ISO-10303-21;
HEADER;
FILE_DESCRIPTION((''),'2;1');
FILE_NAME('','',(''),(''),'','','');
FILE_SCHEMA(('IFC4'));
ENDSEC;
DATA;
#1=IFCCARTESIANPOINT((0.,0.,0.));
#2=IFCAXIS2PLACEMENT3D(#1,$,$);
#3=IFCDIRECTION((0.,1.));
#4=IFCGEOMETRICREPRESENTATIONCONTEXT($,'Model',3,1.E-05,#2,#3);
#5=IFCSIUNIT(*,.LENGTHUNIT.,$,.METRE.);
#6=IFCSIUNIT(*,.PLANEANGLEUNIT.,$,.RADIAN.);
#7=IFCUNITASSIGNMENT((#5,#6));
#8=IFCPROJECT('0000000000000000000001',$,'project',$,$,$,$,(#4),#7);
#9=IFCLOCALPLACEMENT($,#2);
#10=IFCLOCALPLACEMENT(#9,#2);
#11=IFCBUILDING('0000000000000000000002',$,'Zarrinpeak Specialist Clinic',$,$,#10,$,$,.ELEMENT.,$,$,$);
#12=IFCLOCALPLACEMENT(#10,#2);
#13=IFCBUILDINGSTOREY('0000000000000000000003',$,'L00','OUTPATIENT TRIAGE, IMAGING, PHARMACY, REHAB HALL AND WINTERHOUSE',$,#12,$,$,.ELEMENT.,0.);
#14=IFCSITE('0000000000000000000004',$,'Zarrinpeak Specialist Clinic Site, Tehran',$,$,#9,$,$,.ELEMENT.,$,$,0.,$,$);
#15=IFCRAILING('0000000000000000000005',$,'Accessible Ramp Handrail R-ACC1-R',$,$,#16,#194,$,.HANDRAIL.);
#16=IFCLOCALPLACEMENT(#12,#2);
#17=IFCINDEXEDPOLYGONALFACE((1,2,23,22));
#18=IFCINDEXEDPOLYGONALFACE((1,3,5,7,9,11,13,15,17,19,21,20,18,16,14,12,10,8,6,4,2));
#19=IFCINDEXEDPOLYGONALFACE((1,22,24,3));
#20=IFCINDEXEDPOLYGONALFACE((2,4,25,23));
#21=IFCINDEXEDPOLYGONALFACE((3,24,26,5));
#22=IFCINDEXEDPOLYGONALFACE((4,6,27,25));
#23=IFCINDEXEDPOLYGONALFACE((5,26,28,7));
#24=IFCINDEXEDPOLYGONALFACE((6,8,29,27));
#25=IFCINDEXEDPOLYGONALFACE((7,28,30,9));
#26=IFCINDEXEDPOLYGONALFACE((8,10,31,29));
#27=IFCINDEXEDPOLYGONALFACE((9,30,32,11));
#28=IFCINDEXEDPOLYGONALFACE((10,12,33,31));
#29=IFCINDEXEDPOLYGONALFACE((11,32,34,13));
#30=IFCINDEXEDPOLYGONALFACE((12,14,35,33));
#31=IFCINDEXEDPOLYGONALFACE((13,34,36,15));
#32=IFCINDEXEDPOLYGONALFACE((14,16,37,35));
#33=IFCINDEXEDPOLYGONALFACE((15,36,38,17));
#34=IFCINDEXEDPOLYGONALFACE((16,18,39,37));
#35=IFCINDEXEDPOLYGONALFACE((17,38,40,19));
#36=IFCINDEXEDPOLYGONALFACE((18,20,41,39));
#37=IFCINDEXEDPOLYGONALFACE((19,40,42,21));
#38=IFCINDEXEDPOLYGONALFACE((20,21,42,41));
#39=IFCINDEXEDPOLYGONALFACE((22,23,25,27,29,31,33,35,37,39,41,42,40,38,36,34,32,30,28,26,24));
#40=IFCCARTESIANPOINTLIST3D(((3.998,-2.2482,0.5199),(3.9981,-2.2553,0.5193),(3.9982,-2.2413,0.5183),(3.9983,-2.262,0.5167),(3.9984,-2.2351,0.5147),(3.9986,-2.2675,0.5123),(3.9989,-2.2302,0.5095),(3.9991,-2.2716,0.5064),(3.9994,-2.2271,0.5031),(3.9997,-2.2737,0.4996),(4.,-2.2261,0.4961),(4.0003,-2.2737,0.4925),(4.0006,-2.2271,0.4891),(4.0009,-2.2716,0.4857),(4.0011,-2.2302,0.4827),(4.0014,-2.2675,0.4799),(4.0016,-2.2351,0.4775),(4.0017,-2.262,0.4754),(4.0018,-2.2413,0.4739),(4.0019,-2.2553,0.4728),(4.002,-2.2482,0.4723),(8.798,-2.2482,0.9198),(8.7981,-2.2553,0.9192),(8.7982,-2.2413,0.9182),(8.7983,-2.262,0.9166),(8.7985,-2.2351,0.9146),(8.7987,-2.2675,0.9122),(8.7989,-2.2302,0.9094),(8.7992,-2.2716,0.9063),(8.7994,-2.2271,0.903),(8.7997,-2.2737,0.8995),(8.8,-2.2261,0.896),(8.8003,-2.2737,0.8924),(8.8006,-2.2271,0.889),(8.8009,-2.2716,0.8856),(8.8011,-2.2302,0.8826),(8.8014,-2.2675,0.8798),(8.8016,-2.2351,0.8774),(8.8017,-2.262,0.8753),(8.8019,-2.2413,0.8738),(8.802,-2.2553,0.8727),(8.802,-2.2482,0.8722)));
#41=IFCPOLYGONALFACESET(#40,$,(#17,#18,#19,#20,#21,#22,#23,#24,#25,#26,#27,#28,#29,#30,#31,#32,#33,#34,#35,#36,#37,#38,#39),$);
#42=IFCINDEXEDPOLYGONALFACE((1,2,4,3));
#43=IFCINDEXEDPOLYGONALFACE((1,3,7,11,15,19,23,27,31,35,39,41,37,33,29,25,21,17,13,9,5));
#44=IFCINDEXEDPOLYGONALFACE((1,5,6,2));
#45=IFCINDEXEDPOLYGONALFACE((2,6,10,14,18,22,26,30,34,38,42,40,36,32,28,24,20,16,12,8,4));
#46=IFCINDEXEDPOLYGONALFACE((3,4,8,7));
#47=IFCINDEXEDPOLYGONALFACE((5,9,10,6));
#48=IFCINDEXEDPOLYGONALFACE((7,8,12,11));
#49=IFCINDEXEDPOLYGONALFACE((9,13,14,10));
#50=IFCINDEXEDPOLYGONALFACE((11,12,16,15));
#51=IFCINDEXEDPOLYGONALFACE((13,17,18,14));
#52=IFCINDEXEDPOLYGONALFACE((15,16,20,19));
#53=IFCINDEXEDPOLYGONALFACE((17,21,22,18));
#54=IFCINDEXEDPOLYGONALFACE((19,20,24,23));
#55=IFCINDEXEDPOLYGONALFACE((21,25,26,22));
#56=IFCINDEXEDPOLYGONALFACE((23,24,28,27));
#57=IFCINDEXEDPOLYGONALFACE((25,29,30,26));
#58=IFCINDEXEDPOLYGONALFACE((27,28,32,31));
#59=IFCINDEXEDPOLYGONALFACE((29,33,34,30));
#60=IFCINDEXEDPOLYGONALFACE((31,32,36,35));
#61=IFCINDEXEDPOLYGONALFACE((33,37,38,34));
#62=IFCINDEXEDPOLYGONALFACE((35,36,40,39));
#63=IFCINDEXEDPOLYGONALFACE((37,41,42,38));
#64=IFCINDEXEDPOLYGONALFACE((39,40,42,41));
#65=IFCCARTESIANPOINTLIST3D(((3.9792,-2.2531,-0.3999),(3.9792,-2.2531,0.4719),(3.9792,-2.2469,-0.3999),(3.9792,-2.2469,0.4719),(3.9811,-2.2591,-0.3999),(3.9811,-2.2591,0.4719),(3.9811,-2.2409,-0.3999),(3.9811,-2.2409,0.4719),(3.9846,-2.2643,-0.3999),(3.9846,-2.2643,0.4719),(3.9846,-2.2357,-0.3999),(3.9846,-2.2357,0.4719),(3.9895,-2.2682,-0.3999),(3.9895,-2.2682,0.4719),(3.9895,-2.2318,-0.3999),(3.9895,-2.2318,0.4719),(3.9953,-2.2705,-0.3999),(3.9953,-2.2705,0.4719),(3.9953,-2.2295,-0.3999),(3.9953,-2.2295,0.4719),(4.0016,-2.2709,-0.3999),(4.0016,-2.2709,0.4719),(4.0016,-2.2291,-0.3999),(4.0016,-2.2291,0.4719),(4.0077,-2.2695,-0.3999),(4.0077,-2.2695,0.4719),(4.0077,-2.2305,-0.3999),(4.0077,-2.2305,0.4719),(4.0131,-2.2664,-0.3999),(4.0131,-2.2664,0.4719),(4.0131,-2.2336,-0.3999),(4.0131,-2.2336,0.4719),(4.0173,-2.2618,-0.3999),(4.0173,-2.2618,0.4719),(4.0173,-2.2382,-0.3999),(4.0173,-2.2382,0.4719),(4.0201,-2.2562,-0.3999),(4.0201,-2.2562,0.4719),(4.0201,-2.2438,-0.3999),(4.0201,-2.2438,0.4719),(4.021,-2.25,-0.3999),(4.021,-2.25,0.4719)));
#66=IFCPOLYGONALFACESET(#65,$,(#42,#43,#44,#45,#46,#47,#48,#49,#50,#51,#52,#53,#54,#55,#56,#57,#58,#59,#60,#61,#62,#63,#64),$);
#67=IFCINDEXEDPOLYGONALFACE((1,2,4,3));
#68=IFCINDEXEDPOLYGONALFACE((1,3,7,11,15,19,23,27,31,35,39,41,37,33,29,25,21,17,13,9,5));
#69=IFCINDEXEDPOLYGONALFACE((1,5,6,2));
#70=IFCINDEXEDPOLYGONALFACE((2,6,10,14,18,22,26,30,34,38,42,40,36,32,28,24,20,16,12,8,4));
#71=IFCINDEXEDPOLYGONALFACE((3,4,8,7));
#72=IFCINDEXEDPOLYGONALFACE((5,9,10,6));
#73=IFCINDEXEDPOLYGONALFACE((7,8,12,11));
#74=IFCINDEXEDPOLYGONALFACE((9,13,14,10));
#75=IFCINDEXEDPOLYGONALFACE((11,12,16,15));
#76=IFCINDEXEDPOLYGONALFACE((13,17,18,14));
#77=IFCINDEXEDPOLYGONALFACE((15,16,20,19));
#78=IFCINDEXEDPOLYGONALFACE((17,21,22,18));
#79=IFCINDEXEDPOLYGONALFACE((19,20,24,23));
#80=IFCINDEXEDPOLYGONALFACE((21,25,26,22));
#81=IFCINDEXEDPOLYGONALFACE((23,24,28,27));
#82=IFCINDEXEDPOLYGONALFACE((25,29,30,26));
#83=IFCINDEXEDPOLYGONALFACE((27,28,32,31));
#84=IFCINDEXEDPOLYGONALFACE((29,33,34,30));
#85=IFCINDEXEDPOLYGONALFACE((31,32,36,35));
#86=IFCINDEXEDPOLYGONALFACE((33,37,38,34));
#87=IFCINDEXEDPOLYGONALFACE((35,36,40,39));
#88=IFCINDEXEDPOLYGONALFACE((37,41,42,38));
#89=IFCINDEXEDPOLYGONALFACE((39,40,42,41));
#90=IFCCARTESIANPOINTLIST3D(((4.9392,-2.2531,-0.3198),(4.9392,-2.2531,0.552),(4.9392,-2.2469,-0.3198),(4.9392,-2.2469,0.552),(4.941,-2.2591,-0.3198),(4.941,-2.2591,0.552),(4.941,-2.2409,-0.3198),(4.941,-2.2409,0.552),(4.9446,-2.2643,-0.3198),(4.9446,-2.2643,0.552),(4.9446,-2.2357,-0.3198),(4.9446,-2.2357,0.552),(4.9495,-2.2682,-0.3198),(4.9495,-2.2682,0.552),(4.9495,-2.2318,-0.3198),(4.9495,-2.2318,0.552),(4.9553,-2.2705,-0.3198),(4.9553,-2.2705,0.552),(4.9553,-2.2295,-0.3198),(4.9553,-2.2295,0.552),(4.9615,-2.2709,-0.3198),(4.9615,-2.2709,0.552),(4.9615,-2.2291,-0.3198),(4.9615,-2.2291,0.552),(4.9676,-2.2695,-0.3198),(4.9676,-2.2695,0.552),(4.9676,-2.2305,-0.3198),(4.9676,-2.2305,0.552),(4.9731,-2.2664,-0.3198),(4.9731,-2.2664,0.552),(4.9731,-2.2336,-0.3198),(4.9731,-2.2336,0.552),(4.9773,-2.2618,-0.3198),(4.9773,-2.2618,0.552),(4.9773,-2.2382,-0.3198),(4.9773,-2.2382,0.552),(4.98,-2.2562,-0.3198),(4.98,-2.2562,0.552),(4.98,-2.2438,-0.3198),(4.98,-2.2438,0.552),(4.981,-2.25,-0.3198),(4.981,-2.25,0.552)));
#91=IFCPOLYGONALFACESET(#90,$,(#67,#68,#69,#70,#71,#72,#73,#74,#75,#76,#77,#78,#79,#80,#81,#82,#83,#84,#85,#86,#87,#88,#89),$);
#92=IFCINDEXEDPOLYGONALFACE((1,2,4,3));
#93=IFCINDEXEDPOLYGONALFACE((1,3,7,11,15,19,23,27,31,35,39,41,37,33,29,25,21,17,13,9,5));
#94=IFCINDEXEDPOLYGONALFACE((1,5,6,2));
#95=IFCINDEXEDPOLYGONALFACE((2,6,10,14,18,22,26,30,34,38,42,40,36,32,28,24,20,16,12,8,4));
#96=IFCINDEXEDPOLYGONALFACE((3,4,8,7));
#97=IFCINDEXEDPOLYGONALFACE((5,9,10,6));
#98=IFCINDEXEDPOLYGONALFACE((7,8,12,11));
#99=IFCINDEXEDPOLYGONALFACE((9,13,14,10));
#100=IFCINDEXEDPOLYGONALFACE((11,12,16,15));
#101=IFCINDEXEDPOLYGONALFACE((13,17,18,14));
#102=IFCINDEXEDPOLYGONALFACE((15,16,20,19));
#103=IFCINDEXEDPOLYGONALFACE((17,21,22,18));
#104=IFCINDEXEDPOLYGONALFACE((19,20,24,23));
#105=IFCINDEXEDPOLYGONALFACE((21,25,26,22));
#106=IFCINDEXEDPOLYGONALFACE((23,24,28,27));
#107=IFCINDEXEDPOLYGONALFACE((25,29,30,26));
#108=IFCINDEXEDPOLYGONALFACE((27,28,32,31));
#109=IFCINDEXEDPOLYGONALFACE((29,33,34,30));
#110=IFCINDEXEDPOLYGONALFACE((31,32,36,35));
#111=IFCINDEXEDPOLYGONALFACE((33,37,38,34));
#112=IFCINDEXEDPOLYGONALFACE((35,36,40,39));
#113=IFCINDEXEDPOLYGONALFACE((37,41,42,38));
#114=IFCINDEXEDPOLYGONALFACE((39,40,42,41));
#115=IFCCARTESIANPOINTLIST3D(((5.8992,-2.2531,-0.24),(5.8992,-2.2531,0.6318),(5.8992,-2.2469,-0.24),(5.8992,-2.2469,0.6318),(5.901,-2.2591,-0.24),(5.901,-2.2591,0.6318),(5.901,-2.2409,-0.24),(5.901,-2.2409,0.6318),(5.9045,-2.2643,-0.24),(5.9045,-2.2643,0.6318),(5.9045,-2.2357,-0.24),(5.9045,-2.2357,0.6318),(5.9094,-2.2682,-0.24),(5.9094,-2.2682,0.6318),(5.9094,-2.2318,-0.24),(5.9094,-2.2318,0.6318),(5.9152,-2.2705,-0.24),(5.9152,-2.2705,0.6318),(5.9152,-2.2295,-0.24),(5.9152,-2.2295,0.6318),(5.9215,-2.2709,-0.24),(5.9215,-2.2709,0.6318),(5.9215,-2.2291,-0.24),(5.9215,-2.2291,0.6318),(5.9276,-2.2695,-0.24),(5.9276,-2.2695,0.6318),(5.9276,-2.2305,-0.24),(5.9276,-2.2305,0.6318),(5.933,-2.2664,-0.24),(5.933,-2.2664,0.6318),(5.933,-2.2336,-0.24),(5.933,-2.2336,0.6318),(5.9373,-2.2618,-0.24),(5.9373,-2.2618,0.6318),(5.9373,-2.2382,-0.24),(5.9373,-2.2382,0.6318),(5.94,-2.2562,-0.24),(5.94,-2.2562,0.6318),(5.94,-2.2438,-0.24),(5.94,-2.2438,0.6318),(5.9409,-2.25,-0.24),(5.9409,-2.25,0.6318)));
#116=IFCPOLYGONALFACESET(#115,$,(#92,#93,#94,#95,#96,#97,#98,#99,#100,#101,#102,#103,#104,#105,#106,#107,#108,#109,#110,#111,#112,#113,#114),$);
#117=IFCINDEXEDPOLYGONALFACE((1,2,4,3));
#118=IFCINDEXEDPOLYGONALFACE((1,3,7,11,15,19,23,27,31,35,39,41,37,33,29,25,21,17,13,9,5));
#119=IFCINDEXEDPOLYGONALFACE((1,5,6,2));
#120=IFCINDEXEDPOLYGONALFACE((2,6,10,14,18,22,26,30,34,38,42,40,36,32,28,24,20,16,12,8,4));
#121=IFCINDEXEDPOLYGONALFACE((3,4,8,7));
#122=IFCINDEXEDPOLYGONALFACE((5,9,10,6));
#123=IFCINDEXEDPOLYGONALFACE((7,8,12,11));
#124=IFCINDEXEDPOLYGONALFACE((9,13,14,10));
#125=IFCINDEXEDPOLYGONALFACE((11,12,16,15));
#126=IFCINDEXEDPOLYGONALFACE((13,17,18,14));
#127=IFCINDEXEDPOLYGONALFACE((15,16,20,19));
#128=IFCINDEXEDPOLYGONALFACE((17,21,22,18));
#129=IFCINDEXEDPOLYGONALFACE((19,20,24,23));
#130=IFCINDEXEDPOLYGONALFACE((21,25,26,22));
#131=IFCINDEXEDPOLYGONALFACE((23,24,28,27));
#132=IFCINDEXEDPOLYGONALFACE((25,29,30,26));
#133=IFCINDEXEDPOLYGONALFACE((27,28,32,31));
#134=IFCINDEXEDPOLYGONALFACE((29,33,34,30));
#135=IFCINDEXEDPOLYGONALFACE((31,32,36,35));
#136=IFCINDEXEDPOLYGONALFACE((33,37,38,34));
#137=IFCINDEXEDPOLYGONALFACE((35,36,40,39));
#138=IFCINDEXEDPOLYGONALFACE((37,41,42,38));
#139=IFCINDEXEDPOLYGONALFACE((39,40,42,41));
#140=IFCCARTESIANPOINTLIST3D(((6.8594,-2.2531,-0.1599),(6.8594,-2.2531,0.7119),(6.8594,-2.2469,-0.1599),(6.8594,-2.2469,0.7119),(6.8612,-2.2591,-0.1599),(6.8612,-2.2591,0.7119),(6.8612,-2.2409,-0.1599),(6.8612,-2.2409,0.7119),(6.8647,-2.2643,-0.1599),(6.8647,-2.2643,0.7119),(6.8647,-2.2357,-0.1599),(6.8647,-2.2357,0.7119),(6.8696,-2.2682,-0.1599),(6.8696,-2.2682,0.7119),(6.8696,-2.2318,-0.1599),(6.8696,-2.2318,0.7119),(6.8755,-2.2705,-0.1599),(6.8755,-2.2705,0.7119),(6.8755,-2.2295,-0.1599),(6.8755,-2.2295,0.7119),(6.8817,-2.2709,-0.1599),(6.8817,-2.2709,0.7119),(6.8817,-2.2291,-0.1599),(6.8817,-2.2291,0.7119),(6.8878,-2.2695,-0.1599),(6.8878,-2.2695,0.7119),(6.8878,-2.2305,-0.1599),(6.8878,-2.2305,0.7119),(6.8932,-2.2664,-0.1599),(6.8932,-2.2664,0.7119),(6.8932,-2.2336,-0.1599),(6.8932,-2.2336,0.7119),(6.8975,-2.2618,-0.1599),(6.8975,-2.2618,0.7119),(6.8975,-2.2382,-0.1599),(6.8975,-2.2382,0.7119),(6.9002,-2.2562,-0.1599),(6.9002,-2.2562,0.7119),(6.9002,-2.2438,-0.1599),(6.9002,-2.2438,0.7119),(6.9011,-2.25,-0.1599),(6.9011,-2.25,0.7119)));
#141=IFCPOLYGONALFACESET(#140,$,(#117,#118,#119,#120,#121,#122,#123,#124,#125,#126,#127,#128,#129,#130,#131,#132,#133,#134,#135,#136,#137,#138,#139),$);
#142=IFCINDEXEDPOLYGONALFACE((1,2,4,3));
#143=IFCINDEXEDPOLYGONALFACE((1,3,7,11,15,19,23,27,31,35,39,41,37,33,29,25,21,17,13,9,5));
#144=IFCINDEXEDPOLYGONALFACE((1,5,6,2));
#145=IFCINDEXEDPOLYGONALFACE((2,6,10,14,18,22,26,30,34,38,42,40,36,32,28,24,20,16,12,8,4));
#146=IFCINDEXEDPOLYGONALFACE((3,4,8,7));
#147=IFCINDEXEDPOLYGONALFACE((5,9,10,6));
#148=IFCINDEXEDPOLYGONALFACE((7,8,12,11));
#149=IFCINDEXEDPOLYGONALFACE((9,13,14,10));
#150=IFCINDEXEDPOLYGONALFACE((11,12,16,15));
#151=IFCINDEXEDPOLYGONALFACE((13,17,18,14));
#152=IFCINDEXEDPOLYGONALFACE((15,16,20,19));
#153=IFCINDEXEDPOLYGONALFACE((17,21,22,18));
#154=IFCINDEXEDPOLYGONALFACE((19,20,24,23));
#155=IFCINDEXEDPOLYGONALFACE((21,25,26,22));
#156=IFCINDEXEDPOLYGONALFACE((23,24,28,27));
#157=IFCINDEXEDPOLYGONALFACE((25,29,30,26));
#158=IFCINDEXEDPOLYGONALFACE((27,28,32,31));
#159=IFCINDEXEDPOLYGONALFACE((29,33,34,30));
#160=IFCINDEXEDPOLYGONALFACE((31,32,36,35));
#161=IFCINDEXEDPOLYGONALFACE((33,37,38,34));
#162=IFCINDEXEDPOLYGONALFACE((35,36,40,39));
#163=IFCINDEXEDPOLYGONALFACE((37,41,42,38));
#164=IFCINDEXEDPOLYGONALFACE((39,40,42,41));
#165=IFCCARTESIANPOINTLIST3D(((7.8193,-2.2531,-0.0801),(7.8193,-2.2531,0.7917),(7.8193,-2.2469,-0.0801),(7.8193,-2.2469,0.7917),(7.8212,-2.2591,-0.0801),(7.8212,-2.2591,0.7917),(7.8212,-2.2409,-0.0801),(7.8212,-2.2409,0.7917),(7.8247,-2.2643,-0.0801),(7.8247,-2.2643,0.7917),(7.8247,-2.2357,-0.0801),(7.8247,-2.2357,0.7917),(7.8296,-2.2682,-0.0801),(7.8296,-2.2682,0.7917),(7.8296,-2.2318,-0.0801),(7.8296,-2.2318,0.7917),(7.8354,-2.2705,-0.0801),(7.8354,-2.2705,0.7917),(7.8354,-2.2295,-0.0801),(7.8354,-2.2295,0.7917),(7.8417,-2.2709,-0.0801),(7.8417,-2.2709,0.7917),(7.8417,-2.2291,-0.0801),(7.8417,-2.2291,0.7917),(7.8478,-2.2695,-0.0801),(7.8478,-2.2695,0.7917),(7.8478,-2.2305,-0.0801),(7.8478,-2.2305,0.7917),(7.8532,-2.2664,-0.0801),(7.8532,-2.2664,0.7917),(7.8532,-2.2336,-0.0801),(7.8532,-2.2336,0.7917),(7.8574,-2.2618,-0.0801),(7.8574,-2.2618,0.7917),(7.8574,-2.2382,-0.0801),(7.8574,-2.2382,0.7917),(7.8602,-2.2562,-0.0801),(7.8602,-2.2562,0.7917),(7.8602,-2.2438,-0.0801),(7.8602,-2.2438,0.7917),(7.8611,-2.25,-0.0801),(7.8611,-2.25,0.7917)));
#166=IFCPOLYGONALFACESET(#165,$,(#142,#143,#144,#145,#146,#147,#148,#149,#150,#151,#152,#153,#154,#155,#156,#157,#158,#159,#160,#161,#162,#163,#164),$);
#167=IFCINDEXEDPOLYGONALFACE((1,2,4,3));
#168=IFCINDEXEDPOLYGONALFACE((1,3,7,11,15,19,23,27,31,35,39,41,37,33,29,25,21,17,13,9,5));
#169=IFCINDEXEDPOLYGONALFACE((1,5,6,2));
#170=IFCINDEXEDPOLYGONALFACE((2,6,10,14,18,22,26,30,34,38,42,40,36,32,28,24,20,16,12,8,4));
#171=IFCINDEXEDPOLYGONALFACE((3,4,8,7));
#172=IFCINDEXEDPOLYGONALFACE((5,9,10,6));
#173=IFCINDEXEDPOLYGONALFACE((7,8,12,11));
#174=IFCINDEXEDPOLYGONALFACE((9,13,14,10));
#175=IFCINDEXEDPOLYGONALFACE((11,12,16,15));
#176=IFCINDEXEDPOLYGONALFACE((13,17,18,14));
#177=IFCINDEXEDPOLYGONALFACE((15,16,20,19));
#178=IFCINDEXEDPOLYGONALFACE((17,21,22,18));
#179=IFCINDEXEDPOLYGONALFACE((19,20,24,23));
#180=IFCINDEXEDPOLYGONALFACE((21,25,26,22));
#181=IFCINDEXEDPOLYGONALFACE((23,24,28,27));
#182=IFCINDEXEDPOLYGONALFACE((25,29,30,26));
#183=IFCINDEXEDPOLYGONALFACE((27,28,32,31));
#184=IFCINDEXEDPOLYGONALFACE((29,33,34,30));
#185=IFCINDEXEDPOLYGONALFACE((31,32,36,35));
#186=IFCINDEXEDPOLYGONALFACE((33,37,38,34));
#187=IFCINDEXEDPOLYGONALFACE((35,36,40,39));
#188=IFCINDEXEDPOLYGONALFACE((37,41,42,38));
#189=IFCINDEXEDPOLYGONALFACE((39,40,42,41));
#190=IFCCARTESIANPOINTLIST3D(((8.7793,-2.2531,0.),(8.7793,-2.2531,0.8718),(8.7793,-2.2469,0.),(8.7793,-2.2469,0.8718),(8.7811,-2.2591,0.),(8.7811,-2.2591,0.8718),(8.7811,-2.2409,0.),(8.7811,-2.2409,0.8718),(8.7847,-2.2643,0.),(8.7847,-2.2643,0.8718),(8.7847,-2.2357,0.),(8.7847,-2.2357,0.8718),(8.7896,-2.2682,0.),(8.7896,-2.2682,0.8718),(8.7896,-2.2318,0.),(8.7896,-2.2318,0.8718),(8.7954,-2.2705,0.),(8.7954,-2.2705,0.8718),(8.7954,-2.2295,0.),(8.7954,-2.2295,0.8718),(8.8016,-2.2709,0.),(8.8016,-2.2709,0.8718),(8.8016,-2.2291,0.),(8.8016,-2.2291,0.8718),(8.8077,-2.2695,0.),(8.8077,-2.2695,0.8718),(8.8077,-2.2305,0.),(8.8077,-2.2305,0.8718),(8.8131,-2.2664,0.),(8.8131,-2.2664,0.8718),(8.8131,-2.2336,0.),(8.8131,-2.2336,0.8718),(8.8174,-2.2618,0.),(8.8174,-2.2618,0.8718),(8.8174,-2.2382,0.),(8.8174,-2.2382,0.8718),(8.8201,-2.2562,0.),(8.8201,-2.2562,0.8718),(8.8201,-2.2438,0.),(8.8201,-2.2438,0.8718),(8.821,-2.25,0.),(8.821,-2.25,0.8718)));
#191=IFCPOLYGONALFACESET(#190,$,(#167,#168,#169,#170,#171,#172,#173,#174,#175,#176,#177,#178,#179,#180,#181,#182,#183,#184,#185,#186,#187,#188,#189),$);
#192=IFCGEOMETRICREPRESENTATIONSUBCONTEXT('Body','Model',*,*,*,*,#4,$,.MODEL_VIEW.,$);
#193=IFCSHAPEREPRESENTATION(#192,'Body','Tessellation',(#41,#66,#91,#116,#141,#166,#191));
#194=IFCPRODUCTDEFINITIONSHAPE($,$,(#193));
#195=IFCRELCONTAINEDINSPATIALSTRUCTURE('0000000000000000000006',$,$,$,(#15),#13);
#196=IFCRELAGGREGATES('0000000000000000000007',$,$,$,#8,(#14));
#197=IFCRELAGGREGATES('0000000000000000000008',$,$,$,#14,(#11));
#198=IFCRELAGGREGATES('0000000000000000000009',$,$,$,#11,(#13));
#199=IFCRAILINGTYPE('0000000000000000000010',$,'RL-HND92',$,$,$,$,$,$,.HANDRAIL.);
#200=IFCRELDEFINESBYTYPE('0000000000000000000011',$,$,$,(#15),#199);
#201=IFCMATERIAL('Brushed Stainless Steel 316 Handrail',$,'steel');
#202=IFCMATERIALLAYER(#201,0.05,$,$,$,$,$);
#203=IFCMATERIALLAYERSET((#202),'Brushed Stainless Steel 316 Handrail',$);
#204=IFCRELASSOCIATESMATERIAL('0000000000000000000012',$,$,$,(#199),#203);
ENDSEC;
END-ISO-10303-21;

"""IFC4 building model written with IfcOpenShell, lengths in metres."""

from ifc_helpers import new_model, si_unit, direction, frame, origin, origin_2d, place, context, subcontext, project, spatial, circle, extrude, material, layer, layer_set, type_object, element, save


model = new_model("IFC4")

# Units and contexts
model_context = context("Model", 3, precision=1e-05, world=origin(), true_north=direction((0.0, 1.0)))
body_context = subcontext(model_context, "Body", "Model", "MODEL_VIEW")
ifc_project = project(units=[si_unit("LENGTHUNIT", "METRE"), si_unit("PLANEANGLEUNIT", "RADIAN")], contexts=[model_context])

# Site, building, storey
site_placement = place(None, origin())
site = spatial("IfcSite", under=ifc_project, at=site_placement, Name="Zarrinpeak Specialist Clinic Site, Tehran", CompositionType="ELEMENT", RefElevation=0.0)
building_placement = place(site_placement, origin())
building = spatial("IfcBuilding", under=site, at=building_placement, Name="Zarrinpeak Specialist Clinic", CompositionType="ELEMENT")
storey_placement = place(building_placement, origin())
storey = spatial("IfcBuildingStorey", under=building, at=storey_placement, Name="L00", Description="OUTPATIENT TRIAGE, IMAGING, PHARMACY, REHAB HALL AND WINTERHOUSE", CompositionType="ELEMENT", Elevation=0.0)

# Railing
ifc_material_1 = material(Name="Brushed Stainless Steel 316 Handrail", Category="steel")
ifc_layer_1 = layer(ifc_material_1, 0.05)
ifc_layer_set_1 = layer_set([ifc_layer_1], Name="Brushed Stainless Steel 316 Handrail")
railing_type = type_object("IfcRailingType", Name="RL-HND92", PredefinedType="HANDRAIL", material=ifc_layer_set_1)
for number, where, name in (
    (1, (4.0, -2.25, -0.3999), "Accessible Ramp Handrail R-ACC1-R"),
):
    element("IfcRailing", number, at=place(storey_placement, frame(where)), inside=storey, type_object=railing_type, Name=name, PredefinedType="HANDRAIL", context=body_context, shape_type="SweptSolid", body=[
        extrude(circle(Radius=0.0239, at=origin_2d()), frame((0.0, 0.0, 0.896), z_axis=(0.996548, 0.0, 0.083025), x_axis=(0.0, 1.0, 0.0)), (0.0, 0.0, 1.0), 4.8167),
        extrude(circle(Radius=0.021, at=origin_2d()), origin(), (0.0, 0.0, 1.0), 0.8718),
        extrude(circle(Radius=0.021, at=origin_2d()), frame((0.96, 0.0, 0.0801)), (0.0, 0.0, 1.0), 0.8718),
        extrude(circle(Radius=0.021, at=origin_2d()), frame((1.9199, 0.0, 0.1599)), (0.0, 0.0, 1.0), 0.8718),
        extrude(circle(Radius=0.021, at=origin_2d()), frame((2.8801, 0.0, 0.24)), (0.0, 0.0, 1.0), 0.8718),
        extrude(circle(Radius=0.021, at=origin_2d()), frame((3.8401, 0.0, 0.3198)), (0.0, 0.0, 1.0), 0.8718),
        extrude(circle(Radius=0.021, at=origin_2d()), frame((4.8, 0.0, 0.3999)), (0.0, 0.0, 1.0), 0.8718),
    ])

save(model, "model.ifc")
